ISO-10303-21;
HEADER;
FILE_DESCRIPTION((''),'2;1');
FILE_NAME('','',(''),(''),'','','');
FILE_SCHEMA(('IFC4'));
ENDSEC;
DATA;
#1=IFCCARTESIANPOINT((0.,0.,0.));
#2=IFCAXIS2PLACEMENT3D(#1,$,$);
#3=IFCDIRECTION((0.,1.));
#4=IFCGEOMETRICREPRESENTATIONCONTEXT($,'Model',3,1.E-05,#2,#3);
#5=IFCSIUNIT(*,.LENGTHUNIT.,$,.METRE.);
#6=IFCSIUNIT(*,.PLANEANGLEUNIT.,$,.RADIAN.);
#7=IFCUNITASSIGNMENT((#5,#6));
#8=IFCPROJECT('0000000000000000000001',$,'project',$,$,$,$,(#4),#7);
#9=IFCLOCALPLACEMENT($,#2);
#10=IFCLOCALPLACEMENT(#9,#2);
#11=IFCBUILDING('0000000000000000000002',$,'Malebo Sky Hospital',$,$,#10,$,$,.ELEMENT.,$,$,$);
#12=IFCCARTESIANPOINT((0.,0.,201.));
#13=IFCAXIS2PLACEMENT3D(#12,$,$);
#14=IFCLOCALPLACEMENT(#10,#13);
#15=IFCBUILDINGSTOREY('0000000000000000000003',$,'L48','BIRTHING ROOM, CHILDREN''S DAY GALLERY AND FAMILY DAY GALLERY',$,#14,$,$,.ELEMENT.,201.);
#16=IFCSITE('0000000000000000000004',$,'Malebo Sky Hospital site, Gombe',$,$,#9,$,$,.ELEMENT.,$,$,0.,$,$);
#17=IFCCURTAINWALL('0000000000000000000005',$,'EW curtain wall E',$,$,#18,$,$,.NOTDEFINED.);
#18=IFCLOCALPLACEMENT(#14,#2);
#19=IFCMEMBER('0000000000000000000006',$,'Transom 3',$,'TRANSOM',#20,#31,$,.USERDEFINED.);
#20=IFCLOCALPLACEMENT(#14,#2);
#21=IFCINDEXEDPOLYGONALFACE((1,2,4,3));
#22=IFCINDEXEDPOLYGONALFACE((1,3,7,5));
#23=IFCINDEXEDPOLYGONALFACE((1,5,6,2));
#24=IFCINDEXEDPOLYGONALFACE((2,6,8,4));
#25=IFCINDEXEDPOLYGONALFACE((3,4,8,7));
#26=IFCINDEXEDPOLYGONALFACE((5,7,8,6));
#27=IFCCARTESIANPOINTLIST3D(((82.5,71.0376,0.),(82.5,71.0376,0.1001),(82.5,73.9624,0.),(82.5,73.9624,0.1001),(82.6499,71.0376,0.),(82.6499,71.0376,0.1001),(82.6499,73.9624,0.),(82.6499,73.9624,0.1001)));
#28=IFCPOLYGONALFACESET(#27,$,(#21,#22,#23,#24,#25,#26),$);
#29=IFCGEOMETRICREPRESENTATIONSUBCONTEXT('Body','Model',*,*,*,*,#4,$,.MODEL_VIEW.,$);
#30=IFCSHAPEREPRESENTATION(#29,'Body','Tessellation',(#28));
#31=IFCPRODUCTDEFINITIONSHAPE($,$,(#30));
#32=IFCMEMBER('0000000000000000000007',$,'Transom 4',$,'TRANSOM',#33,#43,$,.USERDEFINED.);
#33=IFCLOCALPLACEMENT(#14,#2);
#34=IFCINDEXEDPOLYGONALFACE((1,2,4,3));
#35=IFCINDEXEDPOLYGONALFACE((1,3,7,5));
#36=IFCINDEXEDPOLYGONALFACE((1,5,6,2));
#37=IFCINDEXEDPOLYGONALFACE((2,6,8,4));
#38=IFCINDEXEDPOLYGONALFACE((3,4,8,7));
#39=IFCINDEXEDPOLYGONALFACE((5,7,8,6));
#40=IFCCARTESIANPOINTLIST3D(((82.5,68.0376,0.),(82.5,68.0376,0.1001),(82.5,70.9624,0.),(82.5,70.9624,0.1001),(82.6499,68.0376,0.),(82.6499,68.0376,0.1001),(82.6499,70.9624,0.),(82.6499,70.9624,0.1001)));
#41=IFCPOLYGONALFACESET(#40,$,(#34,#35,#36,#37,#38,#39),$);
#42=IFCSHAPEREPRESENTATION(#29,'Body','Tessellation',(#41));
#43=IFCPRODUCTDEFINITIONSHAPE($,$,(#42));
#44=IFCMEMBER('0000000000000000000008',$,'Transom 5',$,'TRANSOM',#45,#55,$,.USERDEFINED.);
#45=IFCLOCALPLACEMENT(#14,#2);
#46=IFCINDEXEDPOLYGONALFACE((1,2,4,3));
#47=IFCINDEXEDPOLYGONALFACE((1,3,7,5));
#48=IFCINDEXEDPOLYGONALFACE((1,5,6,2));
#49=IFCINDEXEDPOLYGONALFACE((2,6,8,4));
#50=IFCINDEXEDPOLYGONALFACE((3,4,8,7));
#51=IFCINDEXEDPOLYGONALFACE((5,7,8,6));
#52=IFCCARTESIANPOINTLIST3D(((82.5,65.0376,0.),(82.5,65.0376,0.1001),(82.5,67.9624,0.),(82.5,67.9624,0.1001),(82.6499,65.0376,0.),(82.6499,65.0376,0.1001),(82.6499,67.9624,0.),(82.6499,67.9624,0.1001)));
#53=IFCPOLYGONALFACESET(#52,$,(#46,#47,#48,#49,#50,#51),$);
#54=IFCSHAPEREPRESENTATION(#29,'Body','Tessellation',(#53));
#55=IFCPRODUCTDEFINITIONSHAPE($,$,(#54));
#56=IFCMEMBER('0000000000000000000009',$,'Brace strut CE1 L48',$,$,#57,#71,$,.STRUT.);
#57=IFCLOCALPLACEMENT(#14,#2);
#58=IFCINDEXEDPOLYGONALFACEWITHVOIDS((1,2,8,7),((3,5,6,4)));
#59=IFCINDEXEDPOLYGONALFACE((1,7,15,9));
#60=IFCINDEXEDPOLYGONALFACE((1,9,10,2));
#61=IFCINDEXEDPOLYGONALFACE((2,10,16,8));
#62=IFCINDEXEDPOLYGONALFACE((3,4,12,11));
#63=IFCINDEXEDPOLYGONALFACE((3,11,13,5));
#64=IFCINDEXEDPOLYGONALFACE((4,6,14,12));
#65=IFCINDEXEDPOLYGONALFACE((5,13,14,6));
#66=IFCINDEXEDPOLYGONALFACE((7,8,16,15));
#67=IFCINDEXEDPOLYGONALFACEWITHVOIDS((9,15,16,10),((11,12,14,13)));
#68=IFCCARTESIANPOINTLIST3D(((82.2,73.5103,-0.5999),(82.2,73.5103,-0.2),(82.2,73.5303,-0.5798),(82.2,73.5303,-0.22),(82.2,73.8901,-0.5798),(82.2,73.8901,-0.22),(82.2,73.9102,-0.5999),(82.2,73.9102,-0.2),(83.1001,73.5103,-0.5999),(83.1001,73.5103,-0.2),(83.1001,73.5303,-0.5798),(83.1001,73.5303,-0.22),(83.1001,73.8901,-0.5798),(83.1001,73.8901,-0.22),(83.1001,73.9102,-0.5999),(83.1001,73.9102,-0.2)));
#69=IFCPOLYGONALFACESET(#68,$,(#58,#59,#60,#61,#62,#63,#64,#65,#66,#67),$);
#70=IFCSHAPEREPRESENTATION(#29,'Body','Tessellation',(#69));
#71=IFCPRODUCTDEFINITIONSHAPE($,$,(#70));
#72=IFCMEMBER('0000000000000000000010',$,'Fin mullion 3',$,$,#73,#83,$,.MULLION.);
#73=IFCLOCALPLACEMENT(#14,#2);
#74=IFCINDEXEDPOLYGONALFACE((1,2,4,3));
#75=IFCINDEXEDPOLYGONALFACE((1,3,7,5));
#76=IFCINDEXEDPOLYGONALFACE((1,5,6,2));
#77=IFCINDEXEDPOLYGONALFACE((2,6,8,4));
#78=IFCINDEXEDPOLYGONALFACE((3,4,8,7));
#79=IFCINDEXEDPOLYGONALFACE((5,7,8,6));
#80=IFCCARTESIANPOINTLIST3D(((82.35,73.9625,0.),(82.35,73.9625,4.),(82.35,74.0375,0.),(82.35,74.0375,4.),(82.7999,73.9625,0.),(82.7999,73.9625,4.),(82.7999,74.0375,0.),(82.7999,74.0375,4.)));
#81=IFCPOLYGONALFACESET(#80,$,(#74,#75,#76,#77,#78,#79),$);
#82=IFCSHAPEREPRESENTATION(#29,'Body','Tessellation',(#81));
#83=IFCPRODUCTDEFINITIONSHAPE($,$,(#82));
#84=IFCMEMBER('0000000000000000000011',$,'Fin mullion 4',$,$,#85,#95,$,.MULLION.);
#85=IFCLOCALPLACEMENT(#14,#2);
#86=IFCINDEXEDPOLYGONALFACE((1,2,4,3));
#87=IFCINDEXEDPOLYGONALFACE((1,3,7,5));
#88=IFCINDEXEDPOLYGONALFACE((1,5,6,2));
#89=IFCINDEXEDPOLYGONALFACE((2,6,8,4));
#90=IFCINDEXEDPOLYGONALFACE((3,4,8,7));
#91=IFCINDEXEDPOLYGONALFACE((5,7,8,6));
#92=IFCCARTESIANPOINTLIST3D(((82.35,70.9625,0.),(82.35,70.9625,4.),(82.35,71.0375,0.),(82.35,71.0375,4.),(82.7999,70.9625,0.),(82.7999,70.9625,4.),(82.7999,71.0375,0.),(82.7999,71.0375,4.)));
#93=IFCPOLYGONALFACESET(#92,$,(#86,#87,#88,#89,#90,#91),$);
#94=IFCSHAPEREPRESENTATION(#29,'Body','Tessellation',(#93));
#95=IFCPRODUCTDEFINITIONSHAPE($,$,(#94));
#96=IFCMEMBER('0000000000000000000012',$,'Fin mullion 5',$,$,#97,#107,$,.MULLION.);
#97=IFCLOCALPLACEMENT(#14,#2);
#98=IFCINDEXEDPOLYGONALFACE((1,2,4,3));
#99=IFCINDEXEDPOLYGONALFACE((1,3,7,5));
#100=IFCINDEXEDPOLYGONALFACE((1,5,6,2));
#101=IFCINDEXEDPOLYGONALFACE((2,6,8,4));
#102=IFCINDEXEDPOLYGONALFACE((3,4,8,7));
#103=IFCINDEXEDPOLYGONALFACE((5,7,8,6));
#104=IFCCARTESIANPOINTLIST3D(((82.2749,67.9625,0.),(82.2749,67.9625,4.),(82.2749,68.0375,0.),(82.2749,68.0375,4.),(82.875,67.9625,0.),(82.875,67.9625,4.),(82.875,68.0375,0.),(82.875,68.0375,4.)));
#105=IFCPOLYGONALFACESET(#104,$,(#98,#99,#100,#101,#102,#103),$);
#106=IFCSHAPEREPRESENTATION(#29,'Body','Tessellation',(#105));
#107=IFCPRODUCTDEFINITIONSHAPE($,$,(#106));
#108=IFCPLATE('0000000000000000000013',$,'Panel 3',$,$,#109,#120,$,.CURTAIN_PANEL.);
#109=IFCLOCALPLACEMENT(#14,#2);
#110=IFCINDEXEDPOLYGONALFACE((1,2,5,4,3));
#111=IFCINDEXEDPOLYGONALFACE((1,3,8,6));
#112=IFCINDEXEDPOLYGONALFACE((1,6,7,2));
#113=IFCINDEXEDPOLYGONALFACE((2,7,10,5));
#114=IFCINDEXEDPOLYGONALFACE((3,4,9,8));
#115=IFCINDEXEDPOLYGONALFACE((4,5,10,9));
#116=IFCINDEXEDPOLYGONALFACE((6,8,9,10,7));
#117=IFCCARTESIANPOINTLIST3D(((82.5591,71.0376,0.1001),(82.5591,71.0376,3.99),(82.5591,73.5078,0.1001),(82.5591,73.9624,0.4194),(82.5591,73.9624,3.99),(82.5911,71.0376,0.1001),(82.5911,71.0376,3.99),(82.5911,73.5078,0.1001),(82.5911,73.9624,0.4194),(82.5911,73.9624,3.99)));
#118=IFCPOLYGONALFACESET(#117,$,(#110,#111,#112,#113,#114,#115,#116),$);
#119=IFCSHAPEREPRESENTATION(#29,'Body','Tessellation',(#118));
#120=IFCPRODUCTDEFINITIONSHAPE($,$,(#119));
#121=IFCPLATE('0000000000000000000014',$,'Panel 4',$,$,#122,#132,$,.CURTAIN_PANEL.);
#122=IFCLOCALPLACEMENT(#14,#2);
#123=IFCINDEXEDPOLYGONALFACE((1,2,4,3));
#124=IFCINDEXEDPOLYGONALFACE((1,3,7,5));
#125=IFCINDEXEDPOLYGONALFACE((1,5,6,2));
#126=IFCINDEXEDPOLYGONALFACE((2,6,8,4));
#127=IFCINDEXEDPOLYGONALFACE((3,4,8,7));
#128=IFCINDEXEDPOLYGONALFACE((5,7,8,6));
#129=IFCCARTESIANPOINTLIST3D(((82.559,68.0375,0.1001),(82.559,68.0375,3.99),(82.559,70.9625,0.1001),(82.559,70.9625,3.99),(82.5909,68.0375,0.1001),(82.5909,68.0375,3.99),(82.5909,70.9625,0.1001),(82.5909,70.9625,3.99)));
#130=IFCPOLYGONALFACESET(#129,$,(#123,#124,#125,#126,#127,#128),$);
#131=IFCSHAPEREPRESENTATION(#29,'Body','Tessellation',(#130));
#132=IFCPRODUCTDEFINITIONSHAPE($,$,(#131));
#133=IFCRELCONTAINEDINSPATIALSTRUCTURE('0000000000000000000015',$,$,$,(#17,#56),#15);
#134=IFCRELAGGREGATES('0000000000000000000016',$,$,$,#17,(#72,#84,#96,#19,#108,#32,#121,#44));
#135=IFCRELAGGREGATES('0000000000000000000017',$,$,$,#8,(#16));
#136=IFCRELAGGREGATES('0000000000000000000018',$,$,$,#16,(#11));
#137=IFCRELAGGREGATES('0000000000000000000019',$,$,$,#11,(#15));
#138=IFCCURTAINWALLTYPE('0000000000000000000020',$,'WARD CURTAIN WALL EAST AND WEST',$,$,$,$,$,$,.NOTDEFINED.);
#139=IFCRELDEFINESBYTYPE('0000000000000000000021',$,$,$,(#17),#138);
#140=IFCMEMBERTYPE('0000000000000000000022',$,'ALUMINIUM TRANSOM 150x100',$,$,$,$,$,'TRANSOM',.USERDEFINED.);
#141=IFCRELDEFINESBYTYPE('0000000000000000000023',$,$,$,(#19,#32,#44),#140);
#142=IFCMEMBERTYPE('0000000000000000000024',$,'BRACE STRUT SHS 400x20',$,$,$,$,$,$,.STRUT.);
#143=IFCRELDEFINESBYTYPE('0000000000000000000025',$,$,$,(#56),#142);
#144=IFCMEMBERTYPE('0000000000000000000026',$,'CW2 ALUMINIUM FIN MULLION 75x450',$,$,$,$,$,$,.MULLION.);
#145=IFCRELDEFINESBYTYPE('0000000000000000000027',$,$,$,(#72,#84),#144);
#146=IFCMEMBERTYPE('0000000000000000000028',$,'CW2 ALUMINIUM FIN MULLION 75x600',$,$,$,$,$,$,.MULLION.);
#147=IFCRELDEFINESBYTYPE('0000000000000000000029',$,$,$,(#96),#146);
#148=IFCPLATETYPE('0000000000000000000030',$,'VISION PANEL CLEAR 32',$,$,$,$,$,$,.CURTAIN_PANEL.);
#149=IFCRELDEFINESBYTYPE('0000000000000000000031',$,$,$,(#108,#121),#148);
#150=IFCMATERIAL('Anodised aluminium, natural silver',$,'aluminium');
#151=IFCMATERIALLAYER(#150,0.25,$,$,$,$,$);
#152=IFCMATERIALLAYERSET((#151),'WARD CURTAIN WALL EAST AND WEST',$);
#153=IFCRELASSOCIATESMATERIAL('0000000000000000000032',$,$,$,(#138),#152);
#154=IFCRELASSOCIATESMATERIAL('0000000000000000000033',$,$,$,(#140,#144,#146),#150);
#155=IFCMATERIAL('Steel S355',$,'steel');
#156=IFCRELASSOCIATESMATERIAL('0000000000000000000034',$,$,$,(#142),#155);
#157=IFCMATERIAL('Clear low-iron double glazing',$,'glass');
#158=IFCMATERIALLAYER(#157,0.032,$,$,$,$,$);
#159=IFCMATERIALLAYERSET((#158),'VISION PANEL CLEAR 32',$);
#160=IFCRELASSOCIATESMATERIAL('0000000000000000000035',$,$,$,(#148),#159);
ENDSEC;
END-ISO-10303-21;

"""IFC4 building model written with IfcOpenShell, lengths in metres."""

from ifc_helpers import new_model, si_unit, direction, frame, origin, origin_2d, place, context, subcontext, project, spatial, polyline, rectangle, hollow_rectangle, outline, extrude, material, layer, layer_set, material_profile, profile_set, type_object, element, aggregate, save


model = new_model("IFC4")

# Units and contexts
model_context = context("Model", 3, precision=1e-05, world=origin(), true_north=direction((0.0, 1.0)))
body_context = subcontext(model_context, "Body", "Model", "MODEL_VIEW")
ifc_project = project(units=[si_unit("LENGTHUNIT", "METRE"), si_unit("PLANEANGLEUNIT", "RADIAN")], contexts=[model_context])

# Site, building, storey
site_placement = place(None, origin())
site = spatial("IfcSite", under=ifc_project, at=site_placement, Name="Malebo Sky Hospital site, Gombe", CompositionType="ELEMENT", RefElevation=0.0)
building_placement = place(site_placement, origin())
building = spatial("IfcBuilding", under=site, at=building_placement, Name="Malebo Sky Hospital", CompositionType="ELEMENT")
storey_placement = place(building_placement, frame((0.0, 0.0, 201.0)))
storey = spatial("IfcBuildingStorey", under=building, at=storey_placement, Name="L48", Description="BIRTHING ROOM, CHILDREN'S DAY GALLERY AND FAMILY DAY GALLERY", CompositionType="ELEMENT", Elevation=201.0)

# Curtain wall, members
ifc_material_1 = material(Name="Anodised aluminium, natural silver", Category="aluminium")
ifc_layer_1 = layer(ifc_material_1, 0.25)
ifc_layer_set_1 = layer_set([ifc_layer_1], Name="WARD CURTAIN WALL EAST AND WEST")
curtain_wall_type = type_object("IfcCurtainWallType", Name="WARD CURTAIN WALL EAST AND WEST", PredefinedType="NOTDEFINED", material=ifc_layer_set_1)
curtain_wall_placement = place(storey_placement, origin())
curtain_wall = element("IfcCurtainWall", 1, at=curtain_wall_placement, inside=storey, type_object=curtain_wall_type, Name="EW curtain wall E", PredefinedType="NOTDEFINED")
ifc_material_profile_1 = material_profile(ifc_material_1, rectangle(XDim=0.1499, YDim=0.1001, at=origin_2d()), Name="ALUMINIUM TRANSOM 150x100")
ifc_profile_set_1 = profile_set([ifc_material_profile_1], Name="Anodised aluminium, natural silver")
member_type_1 = type_object("IfcMemberType", Name="ALUMINIUM TRANSOM 150x100", ElementType="TRANSOM", PredefinedType="USERDEFINED", material=ifc_profile_set_1)
member_1_placement = place(storey_placement, frame((82.575, 73.9624, 0.05), z_axis=(0.0, -1.0, 0.0), x_axis=(1.0, 0.0, 0.0)))
member_1 = element("IfcMember", 2, at=member_1_placement, type_object=member_type_1, Name="Transom 3", ObjectType="TRANSOM", PredefinedType="USERDEFINED", context=body_context, shape_type="SweptSolid", body=[
    extrude(rectangle(XDim=0.1499, YDim=0.1001, at=origin_2d()), origin(), (0.0, 0.0, 1.0), 2.9248),
])
member_2_placement = place(storey_placement, frame((82.575, 70.9624, 0.05), z_axis=(0.0, -1.0, 0.0), x_axis=(1.0, 0.0, 0.0)))
member_2 = element("IfcMember", 3, at=member_2_placement, type_object=member_type_1, Name="Transom 4", ObjectType="TRANSOM", PredefinedType="USERDEFINED", context=body_context, shape_type="SweptSolid", body=[
    extrude(rectangle(XDim=0.1499, YDim=0.1001, at=origin_2d()), origin(), (0.0, 0.0, 1.0), 2.9248),
])
member_3_placement = place(storey_placement, frame((82.575, 67.9624, 0.05), z_axis=(0.0, -1.0, 0.0), x_axis=(1.0, 0.0, 0.0)))
member_3 = element("IfcMember", 4, at=member_3_placement, type_object=member_type_1, Name="Transom 5", ObjectType="TRANSOM", PredefinedType="USERDEFINED", context=body_context, shape_type="SweptSolid", body=[
    extrude(rectangle(XDim=0.1499, YDim=0.1001, at=origin_2d()), origin(), (0.0, 0.0, 1.0), 2.9248),
])

# Members
ifc_material_2 = material(Name="Steel S355", Category="steel")
ifc_material_profile_2 = material_profile(ifc_material_2, hollow_rectangle(XDim=0.3999, YDim=0.3999, WallThickness=0.02, at=origin_2d()), Name="SHS 400x20")
ifc_profile_set_2 = profile_set([ifc_material_profile_2], Name="Steel S355")
member_type_2 = type_object("IfcMemberType", Name="BRACE STRUT SHS 400x20", PredefinedType="STRUT", material=ifc_profile_set_2)
member_4_placement = place(storey_placement, frame((83.1001, 73.7102, -0.3999), z_axis=(-1.0, 0.0, 0.0), x_axis=(0.0, -1.0, 0.0)))
element("IfcMember", 5, at=member_4_placement, inside=storey, type_object=member_type_2, Name="Brace strut CE1 L48", PredefinedType="STRUT", context=body_context, shape_type="SweptSolid", body=[
    extrude(hollow_rectangle(XDim=0.3999, YDim=0.3999, WallThickness=0.02, at=origin_2d()), origin(), (0.0, 0.0, 1.0), 0.9001),
])
ifc_material_profile_3 = material_profile(ifc_material_1, rectangle(XDim=0.075, YDim=0.45, at=origin_2d()), Name="CW2 ALUMINIUM FIN MULLION 75x450")
ifc_profile_set_3 = profile_set([ifc_material_profile_3], Name="Anodised aluminium, natural silver")
member_type_3 = type_object("IfcMemberType", Name="CW2 ALUMINIUM FIN MULLION 75x450", PredefinedType="MULLION", material=ifc_profile_set_3)
member_5_placement = place(storey_placement, frame((82.575, 74.0, 0.0), z_axis=(0.0, 0.0, 1.0), x_axis=(0.0, -1.0, 0.0)))
member_5 = element("IfcMember", 6, at=member_5_placement, type_object=member_type_3, Name="Fin mullion 3", PredefinedType="MULLION", context=body_context, shape_type="SweptSolid", body=[
    extrude(rectangle(XDim=0.075, YDim=0.45, at=origin_2d()), origin(), (0.0, 0.0, 1.0), 4.0),
])
member_6_placement = place(storey_placement, frame((82.575, 71.0, 0.0), z_axis=(0.0, 0.0, 1.0), x_axis=(0.0, -1.0, 0.0)))
member_6 = element("IfcMember", 7, at=member_6_placement, type_object=member_type_3, Name="Fin mullion 4", PredefinedType="MULLION", context=body_context, shape_type="SweptSolid", body=[
    extrude(rectangle(XDim=0.075, YDim=0.45, at=origin_2d()), origin(), (0.0, 0.0, 1.0), 4.0),
])
ifc_material_profile_4 = material_profile(ifc_material_1, rectangle(XDim=0.075, YDim=0.6001, at=origin_2d()), Name="CW2 ALUMINIUM FIN MULLION 75x600")
ifc_profile_set_4 = profile_set([ifc_material_profile_4], Name="Anodised aluminium, natural silver")
member_type_4 = type_object("IfcMemberType", Name="CW2 ALUMINIUM FIN MULLION 75x600", PredefinedType="MULLION", material=ifc_profile_set_4)
member_7_placement = place(storey_placement, frame((82.575, 68.0, 0.0), z_axis=(0.0, 0.0, 1.0), x_axis=(0.0, -1.0, 0.0)))
member_7 = element("IfcMember", 8, at=member_7_placement, type_object=member_type_4, Name="Fin mullion 5", PredefinedType="MULLION", context=body_context, shape_type="SweptSolid", body=[
    extrude(rectangle(XDim=0.075, YDim=0.6001, at=origin_2d()), origin(), (0.0, 0.0, 1.0), 4.0),
])

# Plates
ifc_material_3 = material(Name="Clear low-iron double glazing", Category="glass")
ifc_layer_2 = layer(ifc_material_3, 0.032)
ifc_layer_set_2 = layer_set([ifc_layer_2], Name="VISION PANEL CLEAR 32")
plate_type = type_object("IfcPlateType", Name="VISION PANEL CLEAR 32", PredefinedType="CURTAIN_PANEL", material=ifc_layer_set_2)
plate_1_placement = place(storey_placement, frame((82.575, 72.5, 0.1001), z_axis=(0.0, 0.0, 1.0), x_axis=(0.0, -1.0, 0.0)))
plate_1 = element("IfcPlate", 9, at=plate_1_placement, type_object=plate_type, Name="Panel 3", PredefinedType="CURTAIN_PANEL", context=body_context, shape_type="SweptSolid", body=[
    extrude(outline(polyline([(-1.0078, 0.0), (1.4624, 0.0), (1.4624, 3.8899), (-1.4624, 3.8899), (-1.4624, 0.3193), (-1.0078, 0.0)])), frame((0.0, 0.0161, 0.0), z_axis=(0.0, -1.0, 0.0), x_axis=(1.0, 0.0, 0.0)), (0.0, 0.0, 1.0), 0.032),
])
plate_2_placement = place(storey_placement, frame((82.575, 69.5, 0.1001), z_axis=(0.0, 0.0, 1.0), x_axis=(0.0, -1.0, 0.0)))
plate_2 = element("IfcPlate", 10, at=plate_2_placement, type_object=plate_type, Name="Panel 4", PredefinedType="CURTAIN_PANEL", context=body_context, shape_type="SweptSolid", body=[
    extrude(rectangle(XDim=2.925, YDim=0.032, at=origin_2d()), origin(), (0.0, 0.0, 1.0), 3.8899),
])
aggregate(curtain_wall, [member_5, member_6, member_7, member_1, plate_1, member_2, plate_2, member_3])

save(model, "model.ifc")
